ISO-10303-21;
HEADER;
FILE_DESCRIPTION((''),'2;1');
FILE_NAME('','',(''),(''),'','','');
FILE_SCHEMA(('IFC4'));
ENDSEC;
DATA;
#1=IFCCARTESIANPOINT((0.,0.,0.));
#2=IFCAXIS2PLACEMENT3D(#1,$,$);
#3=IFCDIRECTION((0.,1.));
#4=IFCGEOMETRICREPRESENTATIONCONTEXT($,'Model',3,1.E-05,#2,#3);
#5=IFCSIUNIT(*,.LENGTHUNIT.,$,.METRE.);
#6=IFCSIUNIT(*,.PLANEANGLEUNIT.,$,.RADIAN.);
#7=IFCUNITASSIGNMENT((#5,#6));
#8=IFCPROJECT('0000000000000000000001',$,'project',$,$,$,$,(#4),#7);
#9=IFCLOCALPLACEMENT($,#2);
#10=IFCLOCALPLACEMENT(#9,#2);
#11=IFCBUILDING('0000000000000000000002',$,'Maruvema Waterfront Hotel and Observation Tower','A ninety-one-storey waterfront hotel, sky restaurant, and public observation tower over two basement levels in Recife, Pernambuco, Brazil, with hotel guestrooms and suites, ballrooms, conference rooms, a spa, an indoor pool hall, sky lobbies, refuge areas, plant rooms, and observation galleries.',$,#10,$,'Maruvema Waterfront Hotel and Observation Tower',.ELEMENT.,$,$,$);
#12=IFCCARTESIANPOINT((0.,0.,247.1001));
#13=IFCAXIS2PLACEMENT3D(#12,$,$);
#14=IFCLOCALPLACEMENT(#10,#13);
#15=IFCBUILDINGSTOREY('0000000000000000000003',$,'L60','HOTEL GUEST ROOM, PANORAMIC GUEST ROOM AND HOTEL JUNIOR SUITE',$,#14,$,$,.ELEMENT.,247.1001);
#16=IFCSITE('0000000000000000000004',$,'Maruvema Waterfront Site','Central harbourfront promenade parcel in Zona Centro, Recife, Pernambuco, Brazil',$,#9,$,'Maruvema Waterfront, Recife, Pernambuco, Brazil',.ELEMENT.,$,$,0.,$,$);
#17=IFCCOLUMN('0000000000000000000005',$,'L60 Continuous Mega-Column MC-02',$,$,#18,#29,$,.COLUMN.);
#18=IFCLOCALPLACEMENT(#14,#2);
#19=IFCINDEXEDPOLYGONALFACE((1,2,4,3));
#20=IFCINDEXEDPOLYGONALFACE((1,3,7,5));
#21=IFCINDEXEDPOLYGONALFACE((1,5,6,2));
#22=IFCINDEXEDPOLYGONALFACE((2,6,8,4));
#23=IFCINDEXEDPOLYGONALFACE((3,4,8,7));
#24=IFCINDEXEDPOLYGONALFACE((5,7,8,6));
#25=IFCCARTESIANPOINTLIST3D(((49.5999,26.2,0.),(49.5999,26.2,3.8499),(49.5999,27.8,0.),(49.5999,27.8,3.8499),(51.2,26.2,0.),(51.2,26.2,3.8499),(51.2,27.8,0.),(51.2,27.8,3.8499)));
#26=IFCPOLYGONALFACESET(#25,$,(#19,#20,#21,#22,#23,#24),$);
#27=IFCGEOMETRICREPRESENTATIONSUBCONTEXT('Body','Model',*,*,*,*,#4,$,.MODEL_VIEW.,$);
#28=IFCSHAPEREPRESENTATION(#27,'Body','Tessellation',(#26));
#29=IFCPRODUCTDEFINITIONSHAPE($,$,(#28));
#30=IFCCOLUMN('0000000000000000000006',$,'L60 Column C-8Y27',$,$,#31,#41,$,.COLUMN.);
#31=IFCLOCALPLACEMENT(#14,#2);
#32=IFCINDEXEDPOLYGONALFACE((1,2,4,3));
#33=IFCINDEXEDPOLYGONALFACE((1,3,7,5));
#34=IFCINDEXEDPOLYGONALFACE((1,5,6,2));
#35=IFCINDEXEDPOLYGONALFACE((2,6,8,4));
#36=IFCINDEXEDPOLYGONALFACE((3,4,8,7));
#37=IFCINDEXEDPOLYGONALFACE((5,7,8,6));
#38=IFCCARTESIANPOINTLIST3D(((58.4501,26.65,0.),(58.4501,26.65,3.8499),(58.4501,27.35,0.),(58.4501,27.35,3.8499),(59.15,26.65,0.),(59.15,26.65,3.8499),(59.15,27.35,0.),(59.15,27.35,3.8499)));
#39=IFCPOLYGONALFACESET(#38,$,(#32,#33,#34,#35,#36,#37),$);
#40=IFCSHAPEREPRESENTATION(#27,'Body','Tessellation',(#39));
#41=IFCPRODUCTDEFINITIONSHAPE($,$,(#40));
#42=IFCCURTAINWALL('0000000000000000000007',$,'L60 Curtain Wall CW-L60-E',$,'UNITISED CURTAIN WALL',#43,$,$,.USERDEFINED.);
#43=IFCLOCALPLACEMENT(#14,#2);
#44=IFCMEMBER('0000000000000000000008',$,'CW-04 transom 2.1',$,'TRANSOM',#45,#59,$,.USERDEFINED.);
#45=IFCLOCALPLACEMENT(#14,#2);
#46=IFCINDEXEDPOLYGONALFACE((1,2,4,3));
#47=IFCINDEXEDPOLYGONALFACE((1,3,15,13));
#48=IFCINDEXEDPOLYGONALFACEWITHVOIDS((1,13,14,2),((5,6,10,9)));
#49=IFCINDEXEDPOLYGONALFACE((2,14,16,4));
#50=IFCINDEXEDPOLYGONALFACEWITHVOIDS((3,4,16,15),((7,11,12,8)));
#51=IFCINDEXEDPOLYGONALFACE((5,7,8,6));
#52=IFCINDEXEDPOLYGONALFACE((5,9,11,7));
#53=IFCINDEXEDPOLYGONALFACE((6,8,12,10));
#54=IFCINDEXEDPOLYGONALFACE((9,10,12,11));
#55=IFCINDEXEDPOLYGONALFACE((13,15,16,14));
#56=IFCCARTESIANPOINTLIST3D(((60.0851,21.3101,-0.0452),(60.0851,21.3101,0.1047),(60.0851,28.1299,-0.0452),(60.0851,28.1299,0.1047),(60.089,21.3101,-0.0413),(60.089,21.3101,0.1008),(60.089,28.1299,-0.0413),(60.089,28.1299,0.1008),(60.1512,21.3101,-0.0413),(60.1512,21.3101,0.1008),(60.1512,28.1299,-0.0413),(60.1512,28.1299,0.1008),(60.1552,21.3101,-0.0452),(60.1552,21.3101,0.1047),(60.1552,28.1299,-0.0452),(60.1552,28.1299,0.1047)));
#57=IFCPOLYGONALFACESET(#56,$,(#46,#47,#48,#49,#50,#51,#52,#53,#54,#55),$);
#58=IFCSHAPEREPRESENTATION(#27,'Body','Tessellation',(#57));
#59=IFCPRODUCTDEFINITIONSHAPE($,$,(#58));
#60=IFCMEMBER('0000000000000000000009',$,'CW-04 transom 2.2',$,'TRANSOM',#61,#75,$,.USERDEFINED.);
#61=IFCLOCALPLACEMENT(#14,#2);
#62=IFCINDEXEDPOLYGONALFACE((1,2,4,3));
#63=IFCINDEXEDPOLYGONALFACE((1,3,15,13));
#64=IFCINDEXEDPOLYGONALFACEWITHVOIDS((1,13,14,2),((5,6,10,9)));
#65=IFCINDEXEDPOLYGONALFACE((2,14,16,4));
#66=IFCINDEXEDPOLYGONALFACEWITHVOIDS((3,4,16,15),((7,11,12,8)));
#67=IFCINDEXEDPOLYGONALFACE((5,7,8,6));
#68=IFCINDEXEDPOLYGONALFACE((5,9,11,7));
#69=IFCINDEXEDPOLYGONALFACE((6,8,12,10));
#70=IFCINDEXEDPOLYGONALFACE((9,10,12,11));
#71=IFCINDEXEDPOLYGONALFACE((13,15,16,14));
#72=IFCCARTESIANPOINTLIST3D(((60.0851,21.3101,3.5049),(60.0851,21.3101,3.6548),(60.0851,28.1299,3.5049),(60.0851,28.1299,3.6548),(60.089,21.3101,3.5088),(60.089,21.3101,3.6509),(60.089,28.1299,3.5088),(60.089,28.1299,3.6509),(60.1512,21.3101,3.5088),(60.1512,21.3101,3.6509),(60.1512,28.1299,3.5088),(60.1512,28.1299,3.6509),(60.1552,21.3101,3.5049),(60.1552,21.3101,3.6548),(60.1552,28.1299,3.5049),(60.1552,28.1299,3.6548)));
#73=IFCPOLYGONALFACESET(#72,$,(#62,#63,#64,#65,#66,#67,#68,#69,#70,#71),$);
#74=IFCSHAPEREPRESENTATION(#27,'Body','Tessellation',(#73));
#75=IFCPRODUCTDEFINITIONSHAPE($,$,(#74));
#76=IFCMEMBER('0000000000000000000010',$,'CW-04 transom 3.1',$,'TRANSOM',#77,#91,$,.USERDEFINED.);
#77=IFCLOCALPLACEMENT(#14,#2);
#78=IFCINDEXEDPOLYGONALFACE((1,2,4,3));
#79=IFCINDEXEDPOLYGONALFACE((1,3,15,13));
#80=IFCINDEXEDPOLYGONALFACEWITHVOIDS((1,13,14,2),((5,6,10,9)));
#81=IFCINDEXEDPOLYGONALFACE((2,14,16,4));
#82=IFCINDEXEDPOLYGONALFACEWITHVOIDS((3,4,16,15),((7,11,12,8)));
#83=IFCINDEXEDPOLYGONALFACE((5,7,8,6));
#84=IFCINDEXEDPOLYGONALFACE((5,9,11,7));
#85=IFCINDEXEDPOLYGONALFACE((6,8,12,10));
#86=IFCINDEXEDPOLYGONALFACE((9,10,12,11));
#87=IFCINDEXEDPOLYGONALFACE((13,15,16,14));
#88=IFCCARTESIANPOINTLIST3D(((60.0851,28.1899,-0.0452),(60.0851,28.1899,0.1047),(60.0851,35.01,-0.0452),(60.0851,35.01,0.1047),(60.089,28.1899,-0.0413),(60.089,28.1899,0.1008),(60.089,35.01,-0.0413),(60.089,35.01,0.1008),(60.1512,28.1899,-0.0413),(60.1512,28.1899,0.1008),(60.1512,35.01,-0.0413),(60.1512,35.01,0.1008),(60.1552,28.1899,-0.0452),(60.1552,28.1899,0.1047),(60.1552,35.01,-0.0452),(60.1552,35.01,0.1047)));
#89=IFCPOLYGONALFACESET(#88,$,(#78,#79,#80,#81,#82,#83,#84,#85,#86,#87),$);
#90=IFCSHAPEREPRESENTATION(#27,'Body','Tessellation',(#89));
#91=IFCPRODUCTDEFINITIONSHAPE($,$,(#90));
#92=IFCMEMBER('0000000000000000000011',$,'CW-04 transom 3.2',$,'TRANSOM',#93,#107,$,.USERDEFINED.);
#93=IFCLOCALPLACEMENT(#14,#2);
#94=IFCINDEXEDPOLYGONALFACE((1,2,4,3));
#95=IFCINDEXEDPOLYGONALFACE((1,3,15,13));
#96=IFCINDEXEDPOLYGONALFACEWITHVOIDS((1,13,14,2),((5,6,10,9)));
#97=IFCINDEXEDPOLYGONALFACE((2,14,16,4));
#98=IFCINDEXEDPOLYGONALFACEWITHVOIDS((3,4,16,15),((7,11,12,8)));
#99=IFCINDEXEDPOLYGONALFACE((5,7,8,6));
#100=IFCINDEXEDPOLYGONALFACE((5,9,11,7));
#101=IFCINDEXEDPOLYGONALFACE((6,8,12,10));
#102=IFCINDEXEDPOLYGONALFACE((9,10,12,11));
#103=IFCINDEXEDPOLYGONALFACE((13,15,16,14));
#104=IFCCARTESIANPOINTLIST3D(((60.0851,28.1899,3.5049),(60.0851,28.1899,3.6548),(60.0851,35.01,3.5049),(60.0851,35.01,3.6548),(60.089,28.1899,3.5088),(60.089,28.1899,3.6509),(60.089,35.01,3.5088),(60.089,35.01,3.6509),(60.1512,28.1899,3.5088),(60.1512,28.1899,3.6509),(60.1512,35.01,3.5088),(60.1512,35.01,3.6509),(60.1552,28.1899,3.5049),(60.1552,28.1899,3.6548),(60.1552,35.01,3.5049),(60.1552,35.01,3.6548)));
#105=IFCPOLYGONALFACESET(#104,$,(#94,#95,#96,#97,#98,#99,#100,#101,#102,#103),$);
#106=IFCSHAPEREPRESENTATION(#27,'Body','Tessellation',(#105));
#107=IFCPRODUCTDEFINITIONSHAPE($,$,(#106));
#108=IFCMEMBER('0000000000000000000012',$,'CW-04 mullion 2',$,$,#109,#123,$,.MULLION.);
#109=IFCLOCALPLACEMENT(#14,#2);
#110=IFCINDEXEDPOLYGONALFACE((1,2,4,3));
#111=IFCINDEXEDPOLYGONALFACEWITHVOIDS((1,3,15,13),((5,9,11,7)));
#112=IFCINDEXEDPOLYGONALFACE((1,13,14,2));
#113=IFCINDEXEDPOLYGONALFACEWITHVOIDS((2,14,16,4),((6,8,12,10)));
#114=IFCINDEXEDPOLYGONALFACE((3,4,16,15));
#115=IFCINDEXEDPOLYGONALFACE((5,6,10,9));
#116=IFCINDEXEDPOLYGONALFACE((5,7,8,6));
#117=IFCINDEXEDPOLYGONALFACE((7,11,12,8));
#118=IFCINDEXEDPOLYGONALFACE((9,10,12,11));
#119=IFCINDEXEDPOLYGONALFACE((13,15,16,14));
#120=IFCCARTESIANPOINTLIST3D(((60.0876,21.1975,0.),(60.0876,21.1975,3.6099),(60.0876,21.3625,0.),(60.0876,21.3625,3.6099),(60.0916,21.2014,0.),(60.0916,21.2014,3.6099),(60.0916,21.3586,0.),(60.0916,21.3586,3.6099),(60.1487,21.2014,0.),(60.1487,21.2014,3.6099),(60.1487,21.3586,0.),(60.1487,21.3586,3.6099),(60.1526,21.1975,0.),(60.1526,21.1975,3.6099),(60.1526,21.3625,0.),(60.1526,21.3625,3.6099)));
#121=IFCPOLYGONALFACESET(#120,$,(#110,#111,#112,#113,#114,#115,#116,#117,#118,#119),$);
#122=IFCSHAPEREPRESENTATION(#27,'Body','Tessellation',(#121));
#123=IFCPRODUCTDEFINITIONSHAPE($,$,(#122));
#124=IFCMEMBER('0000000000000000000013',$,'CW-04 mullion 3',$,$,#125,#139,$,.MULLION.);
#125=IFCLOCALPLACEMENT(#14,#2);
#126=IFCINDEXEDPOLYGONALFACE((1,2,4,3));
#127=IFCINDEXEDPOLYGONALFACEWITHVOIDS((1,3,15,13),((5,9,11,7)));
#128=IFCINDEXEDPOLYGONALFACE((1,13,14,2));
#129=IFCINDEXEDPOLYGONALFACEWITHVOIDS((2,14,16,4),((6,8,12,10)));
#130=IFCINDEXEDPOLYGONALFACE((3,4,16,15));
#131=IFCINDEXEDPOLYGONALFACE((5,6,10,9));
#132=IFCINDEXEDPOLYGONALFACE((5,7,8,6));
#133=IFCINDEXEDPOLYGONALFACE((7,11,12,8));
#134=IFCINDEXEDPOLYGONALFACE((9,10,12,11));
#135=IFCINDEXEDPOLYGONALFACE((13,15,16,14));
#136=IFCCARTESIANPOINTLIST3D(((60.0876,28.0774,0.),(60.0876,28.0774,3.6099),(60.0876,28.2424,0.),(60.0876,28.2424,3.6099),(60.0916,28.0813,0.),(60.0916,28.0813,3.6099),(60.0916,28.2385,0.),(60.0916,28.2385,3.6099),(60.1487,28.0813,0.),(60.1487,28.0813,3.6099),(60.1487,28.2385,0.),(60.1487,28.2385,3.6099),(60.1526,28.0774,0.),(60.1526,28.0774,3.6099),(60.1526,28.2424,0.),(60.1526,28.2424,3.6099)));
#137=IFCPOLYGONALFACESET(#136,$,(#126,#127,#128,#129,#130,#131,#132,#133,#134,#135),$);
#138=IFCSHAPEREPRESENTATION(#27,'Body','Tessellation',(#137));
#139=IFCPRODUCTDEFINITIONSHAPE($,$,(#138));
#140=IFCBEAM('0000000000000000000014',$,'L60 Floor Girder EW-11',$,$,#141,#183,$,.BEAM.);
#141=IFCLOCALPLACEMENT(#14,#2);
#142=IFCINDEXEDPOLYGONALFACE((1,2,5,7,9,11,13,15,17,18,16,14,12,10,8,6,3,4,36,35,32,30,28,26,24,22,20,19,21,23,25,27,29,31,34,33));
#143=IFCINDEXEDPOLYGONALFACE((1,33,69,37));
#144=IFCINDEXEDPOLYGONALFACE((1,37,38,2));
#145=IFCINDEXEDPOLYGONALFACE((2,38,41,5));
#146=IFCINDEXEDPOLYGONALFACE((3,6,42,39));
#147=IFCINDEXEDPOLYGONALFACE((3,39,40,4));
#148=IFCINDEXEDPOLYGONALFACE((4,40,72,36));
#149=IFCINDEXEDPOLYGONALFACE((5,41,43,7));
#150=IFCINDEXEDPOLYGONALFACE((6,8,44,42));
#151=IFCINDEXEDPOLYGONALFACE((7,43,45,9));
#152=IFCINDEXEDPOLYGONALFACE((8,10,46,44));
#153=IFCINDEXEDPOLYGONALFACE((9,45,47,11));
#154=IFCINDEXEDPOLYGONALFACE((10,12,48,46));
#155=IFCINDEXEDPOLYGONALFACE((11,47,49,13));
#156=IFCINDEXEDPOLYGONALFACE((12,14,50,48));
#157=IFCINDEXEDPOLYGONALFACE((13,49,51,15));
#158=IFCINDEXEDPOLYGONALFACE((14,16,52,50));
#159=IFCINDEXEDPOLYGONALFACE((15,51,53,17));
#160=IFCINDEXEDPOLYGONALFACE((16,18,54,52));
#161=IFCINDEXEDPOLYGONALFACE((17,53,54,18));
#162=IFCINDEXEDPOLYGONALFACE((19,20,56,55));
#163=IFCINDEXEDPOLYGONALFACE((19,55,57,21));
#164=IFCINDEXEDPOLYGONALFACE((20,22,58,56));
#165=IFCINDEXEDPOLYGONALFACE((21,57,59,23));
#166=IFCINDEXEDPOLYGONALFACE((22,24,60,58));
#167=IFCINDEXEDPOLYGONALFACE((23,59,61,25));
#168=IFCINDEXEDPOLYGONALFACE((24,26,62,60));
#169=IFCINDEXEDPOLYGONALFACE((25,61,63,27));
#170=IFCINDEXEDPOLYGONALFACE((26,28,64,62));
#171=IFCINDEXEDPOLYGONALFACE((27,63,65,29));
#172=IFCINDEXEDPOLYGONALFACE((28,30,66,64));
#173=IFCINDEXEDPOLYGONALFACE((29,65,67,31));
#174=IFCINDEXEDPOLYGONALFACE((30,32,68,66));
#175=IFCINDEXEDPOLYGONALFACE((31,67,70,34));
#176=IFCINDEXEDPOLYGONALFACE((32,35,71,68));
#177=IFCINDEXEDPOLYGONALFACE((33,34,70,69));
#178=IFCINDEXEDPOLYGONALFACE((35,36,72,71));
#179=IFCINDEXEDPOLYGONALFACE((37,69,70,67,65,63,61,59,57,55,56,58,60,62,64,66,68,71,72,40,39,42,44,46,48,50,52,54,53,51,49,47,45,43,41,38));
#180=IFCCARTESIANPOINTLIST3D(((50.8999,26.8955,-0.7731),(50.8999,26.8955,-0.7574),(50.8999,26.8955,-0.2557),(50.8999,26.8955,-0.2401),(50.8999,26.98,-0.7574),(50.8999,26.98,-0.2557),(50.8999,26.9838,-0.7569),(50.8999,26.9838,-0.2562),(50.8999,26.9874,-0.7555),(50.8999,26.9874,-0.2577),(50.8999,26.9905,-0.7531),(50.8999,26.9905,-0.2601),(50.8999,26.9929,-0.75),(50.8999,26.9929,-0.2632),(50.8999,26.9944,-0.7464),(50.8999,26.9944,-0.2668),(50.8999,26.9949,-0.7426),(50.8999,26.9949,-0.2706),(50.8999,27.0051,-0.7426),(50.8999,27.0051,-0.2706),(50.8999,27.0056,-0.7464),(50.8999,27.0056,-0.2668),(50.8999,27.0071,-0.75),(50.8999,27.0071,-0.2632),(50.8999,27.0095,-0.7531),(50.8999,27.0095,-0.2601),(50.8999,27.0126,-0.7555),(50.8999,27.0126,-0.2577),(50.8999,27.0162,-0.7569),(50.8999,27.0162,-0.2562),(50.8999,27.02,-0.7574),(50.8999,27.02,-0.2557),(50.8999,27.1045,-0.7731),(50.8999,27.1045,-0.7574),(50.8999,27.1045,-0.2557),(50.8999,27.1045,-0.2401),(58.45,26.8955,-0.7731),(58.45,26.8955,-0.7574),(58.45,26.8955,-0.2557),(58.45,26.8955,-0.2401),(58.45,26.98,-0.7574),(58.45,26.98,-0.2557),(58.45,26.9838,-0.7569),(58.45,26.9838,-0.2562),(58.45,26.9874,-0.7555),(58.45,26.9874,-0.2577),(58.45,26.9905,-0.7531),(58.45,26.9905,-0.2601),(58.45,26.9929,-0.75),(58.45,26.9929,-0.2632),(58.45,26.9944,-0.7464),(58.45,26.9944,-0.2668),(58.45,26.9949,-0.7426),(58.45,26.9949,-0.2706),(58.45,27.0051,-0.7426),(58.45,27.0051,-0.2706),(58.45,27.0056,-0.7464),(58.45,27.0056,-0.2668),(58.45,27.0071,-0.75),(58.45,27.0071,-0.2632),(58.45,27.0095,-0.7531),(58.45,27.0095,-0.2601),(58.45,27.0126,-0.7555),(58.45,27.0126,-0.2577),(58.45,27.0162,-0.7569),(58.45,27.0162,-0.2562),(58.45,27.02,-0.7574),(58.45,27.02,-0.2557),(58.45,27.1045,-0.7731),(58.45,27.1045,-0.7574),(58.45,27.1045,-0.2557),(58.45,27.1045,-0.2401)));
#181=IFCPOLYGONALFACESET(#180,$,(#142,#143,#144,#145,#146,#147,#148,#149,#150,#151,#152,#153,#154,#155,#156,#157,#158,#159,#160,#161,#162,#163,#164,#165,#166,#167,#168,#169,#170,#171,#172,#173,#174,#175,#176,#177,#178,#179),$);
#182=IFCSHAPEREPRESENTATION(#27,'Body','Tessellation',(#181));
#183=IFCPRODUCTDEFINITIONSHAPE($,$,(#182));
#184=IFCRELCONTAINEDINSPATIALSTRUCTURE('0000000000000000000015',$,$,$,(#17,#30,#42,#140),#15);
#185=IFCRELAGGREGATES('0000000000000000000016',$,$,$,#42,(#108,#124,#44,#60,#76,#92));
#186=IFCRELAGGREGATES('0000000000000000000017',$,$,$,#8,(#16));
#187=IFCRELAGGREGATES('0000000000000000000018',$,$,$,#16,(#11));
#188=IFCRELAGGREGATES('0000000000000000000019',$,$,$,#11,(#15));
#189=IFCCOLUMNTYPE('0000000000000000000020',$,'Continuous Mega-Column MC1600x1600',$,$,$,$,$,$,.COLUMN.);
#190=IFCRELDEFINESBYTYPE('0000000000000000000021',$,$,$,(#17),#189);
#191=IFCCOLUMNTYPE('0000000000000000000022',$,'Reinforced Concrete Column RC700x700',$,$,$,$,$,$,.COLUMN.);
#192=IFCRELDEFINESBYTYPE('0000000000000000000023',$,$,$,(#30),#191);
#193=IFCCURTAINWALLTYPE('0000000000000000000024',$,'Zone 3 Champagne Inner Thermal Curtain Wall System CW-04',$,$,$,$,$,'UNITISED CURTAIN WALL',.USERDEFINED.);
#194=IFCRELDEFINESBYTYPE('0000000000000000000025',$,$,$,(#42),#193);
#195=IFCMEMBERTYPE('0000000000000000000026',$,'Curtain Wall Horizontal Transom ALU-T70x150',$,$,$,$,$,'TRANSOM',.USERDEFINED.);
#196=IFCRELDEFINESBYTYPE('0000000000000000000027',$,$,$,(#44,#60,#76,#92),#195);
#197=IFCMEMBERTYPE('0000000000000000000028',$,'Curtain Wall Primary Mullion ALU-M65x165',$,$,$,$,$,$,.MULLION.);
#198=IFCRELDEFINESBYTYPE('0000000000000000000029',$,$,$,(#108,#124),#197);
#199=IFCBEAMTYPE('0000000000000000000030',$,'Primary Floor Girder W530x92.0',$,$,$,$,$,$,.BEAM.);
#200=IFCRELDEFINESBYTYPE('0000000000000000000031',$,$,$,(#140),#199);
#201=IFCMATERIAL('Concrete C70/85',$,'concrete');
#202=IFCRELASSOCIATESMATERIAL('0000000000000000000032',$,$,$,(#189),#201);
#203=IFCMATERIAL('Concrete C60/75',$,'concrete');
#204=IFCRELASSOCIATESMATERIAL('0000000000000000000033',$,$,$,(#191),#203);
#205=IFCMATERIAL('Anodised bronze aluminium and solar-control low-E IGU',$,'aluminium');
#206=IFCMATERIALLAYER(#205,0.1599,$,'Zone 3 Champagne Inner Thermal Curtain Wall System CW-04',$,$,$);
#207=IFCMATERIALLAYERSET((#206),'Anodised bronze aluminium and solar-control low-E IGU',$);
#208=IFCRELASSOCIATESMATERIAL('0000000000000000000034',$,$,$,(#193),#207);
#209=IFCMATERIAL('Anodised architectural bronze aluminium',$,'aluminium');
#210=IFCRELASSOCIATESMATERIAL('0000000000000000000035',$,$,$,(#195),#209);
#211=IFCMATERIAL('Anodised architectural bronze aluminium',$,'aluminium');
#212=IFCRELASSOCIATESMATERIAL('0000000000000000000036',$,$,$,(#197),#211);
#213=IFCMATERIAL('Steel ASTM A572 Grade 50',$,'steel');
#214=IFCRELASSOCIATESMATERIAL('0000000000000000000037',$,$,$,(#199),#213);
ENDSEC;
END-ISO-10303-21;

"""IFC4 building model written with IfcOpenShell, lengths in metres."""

from ifc_helpers import new_model, si_unit, direction, frame, origin, origin_2d, place, context, subcontext, project, spatial, rectangle, hollow_rectangle, i_section, extrude, material, layer, layer_set, material_profile, profile_set, type_object, element, aggregate, save


model = new_model("IFC4")

# Units and contexts
model_context = context("Model", 3, precision=1e-05, world=origin(), true_north=direction((0.0, 1.0)))
body_context = subcontext(model_context, "Body", "Model", "MODEL_VIEW")
ifc_project = project(units=[si_unit("LENGTHUNIT", "METRE"), si_unit("PLANEANGLEUNIT", "RADIAN")], contexts=[model_context])

# Site, building, storey
site_placement = place(None, origin())
site = spatial("IfcSite", under=ifc_project, at=site_placement, Name="Maruvema Waterfront Site", Description="Central harbourfront promenade parcel in Zona Centro, Recife, Pernambuco, Brazil", LongName="Maruvema Waterfront, Recife, Pernambuco, Brazil", CompositionType="ELEMENT", RefElevation=0.0)
building_placement = place(site_placement, origin())
building = spatial("IfcBuilding", under=site, at=building_placement, Name="Maruvema Waterfront Hotel and Observation Tower", Description="A ninety-one-storey waterfront hotel, sky restaurant, and public observation tower over two basement levels in Recife, Pernambuco, Brazil, with hotel guestrooms and suites, ballrooms, conference rooms, a spa, an indoor pool hall, sky lobbies, refuge areas, plant rooms, and observation galleries.", LongName="Maruvema Waterfront Hotel and Observation Tower", CompositionType="ELEMENT")
storey_placement = place(building_placement, frame((0.0, 0.0, 247.1001)))
storey = spatial("IfcBuildingStorey", under=building, at=storey_placement, Name="L60", Description="HOTEL GUEST ROOM, PANORAMIC GUEST ROOM AND HOTEL JUNIOR SUITE", CompositionType="ELEMENT", Elevation=247.1001)

# Columns
ifc_material_1 = material(Name="Concrete C70/85", Category="concrete")
ifc_material_profile_1 = material_profile(ifc_material_1, rectangle(XDim=1.6001, YDim=1.6001, at=origin_2d()), Name="MC1600x1600")
ifc_profile_set_1 = profile_set([ifc_material_profile_1], Name="Concrete C70/85")
column_type_1 = type_object("IfcColumnType", Name="Continuous Mega-Column MC1600x1600", PredefinedType="COLUMN", material=ifc_profile_set_1)
column_1_placement = place(storey_placement, frame((50.3999, 27.0, 0.0), z_axis=(0.0, 0.0, 1.0), x_axis=(1.0, 0.0, 0.0)))
element("IfcColumn", 1, at=column_1_placement, inside=storey, type_object=column_type_1, Name="L60 Continuous Mega-Column MC-02", PredefinedType="COLUMN", context=body_context, shape_type="SweptSolid", body=[
    extrude(rectangle(XDim=1.6001, YDim=1.6001, at=origin_2d()), origin(), (0.0, 0.0, 1.0), 3.8499),
])
ifc_material_2 = material(Name="Concrete C60/75", Category="concrete")
ifc_material_profile_2 = material_profile(ifc_material_2, rectangle(XDim=0.7, YDim=0.7, at=origin_2d()), Name="RC700x700")
ifc_profile_set_2 = profile_set([ifc_material_profile_2], Name="Concrete C60/75")
column_type_2 = type_object("IfcColumnType", Name="Reinforced Concrete Column RC700x700", PredefinedType="COLUMN", material=ifc_profile_set_2)
column_2_placement = place(storey_placement, frame((58.8, 27.0, 0.0), z_axis=(0.0, 0.0, 1.0), x_axis=(1.0, 0.0, 0.0)))
element("IfcColumn", 2, at=column_2_placement, inside=storey, type_object=column_type_2, Name="L60 Column C-8Y27", PredefinedType="COLUMN", context=body_context, shape_type="SweptSolid", body=[
    extrude(rectangle(XDim=0.7, YDim=0.7, at=origin_2d()), origin(), (0.0, 0.0, 1.0), 3.8499),
])

# Curtain wall, members
ifc_material_3 = material(Name="Anodised bronze aluminium and solar-control low-E IGU", Category="aluminium")
ifc_layer_1 = layer(ifc_material_3, 0.1599, Name="Zone 3 Champagne Inner Thermal Curtain Wall System CW-04")
ifc_layer_set_1 = layer_set([ifc_layer_1], Name="Anodised bronze aluminium and solar-control low-E IGU")
curtain_wall_type = type_object("IfcCurtainWallType", Name="Zone 3 Champagne Inner Thermal Curtain Wall System CW-04", ElementType="UNITISED CURTAIN WALL", PredefinedType="USERDEFINED", material=ifc_layer_set_1)
curtain_wall_placement = place(storey_placement, origin())
curtain_wall = element("IfcCurtainWall", 3, at=curtain_wall_placement, inside=storey, type_object=curtain_wall_type, Name="L60 Curtain Wall CW-L60-E", ObjectType="UNITISED CURTAIN WALL", PredefinedType="USERDEFINED")
ifc_material_4 = material(Name="Anodised architectural bronze aluminium", Category="aluminium")
ifc_material_profile_3 = material_profile(ifc_material_4, hollow_rectangle(XDim=0.0701, YDim=0.1499, WallThickness=0.0039, at=origin_2d()), Name="ALU-T70x150")
ifc_profile_set_3 = profile_set([ifc_material_profile_3], Name="Anodised architectural bronze aluminium")
member_type_1 = type_object("IfcMemberType", Name="Curtain Wall Horizontal Transom ALU-T70x150", ElementType="TRANSOM", PredefinedType="USERDEFINED", material=ifc_profile_set_3)
member_1_placement = place(storey_placement, frame((60.1201, 21.3101, 0.0298), z_axis=(0.0, 1.0, 0.0), x_axis=(-1.0, 0.0, 0.0)))
member_1 = element("IfcMember", 4, at=member_1_placement, type_object=member_type_1, Name="CW-04 transom 2.1", ObjectType="TRANSOM", PredefinedType="USERDEFINED", context=body_context, shape_type="SweptSolid", body=[
    extrude(hollow_rectangle(XDim=0.0701, YDim=0.1499, WallThickness=0.0039, at=origin_2d()), origin(), (0.0, 0.0, 1.0), 6.8198),
])
member_2_placement = place(storey_placement, frame((60.1201, 21.3101, 3.5798), z_axis=(0.0, 1.0, 0.0), x_axis=(-1.0, 0.0, 0.0)))
member_2 = element("IfcMember", 5, at=member_2_placement, type_object=member_type_1, Name="CW-04 transom 2.2", ObjectType="TRANSOM", PredefinedType="USERDEFINED", context=body_context, shape_type="SweptSolid", body=[
    extrude(hollow_rectangle(XDim=0.0701, YDim=0.1499, WallThickness=0.0039, at=origin_2d()), origin(), (0.0, 0.0, 1.0), 6.8198),
])
member_3_placement = place(storey_placement, frame((60.1201, 28.1899, 0.0298), z_axis=(0.0, 1.0, 0.0), x_axis=(-1.0, 0.0, 0.0)))
member_3 = element("IfcMember", 6, at=member_3_placement, type_object=member_type_1, Name="CW-04 transom 3.1", ObjectType="TRANSOM", PredefinedType="USERDEFINED", context=body_context, shape_type="SweptSolid", body=[
    extrude(hollow_rectangle(XDim=0.0701, YDim=0.1499, WallThickness=0.0039, at=origin_2d()), origin(), (0.0, 0.0, 1.0), 6.8201),
])
member_4_placement = place(storey_placement, frame((60.1201, 28.1899, 3.5798), z_axis=(0.0, 1.0, 0.0), x_axis=(-1.0, 0.0, 0.0)))
member_4 = element("IfcMember", 7, at=member_4_placement, type_object=member_type_1, Name="CW-04 transom 3.2", ObjectType="TRANSOM", PredefinedType="USERDEFINED", context=body_context, shape_type="SweptSolid", body=[
    extrude(hollow_rectangle(XDim=0.0701, YDim=0.1499, WallThickness=0.0039, at=origin_2d()), origin(), (0.0, 0.0, 1.0), 6.8201),
])
ifc_material_5 = material(Name="Anodised architectural bronze aluminium", Category="aluminium")
ifc_material_profile_4 = material_profile(ifc_material_5, hollow_rectangle(XDim=0.0649, YDim=0.165, WallThickness=0.0039, at=origin_2d()), Name="ALU-M65x165")
ifc_profile_set_4 = profile_set([ifc_material_profile_4], Name="Anodised architectural bronze aluminium")
member_type_2 = type_object("IfcMemberType", Name="Curtain Wall Primary Mullion ALU-M65x165", PredefinedType="MULLION", material=ifc_profile_set_4)
member_5_placement = place(storey_placement, frame((60.1201, 21.28, 0.0), z_axis=(0.0, 0.0, 1.0), x_axis=(-1.0, 0.0, 0.0)))
member_5 = element("IfcMember", 8, at=member_5_placement, type_object=member_type_2, Name="CW-04 mullion 2", PredefinedType="MULLION", context=body_context, shape_type="SweptSolid", body=[
    extrude(hollow_rectangle(XDim=0.0649, YDim=0.165, WallThickness=0.0039, at=origin_2d()), origin(), (0.0, 0.0, 1.0), 3.6099),
])
member_6_placement = place(storey_placement, frame((60.1201, 28.1599, 0.0), z_axis=(0.0, 0.0, 1.0), x_axis=(-1.0, 0.0, 0.0)))
member_6 = element("IfcMember", 9, at=member_6_placement, type_object=member_type_2, Name="CW-04 mullion 3", PredefinedType="MULLION", context=body_context, shape_type="SweptSolid", body=[
    extrude(hollow_rectangle(XDim=0.0649, YDim=0.165, WallThickness=0.0039, at=origin_2d()), origin(), (0.0, 0.0, 1.0), 3.6099),
])

# Beam
ifc_material_6 = material(Name="Steel ASTM A572 Grade 50", Category="steel")
ifc_material_profile_5 = material_profile(ifc_material_6, i_section(OverallWidth=0.209, OverallDepth=0.533, WebThickness=0.0103, FlangeThickness=0.0156, FilletRadius=0.0149, at=origin_2d()), Name="W530x92.0")
ifc_profile_set_5 = profile_set([ifc_material_profile_5], Name="Steel ASTM A572 Grade 50")
beam_type_1 = type_object("IfcBeamType", Name="Primary Floor Girder W530x92.0", PredefinedType="BEAM", material=ifc_profile_set_5)
beam_1_placement = place(storey_placement, frame((50.8999, 27.0, -0.5066), z_axis=(1.0, 0.0, 0.0), x_axis=(0.0, 1.0, 0.0)))
element("IfcBeam", 10, at=beam_1_placement, inside=storey, type_object=beam_type_1, Name="L60 Floor Girder EW-11", PredefinedType="BEAM", context=body_context, shape_type="SweptSolid", body=[
    extrude(i_section(OverallWidth=0.209, OverallDepth=0.533, WebThickness=0.0103, FlangeThickness=0.0156, FilletRadius=0.0149, at=origin_2d()), origin(), (0.0, 0.0, 1.0), 7.55),
])

aggregate(curtain_wall, [member_5, member_6, member_1, member_2, member_3, member_4])

save(model, "model.ifc")
